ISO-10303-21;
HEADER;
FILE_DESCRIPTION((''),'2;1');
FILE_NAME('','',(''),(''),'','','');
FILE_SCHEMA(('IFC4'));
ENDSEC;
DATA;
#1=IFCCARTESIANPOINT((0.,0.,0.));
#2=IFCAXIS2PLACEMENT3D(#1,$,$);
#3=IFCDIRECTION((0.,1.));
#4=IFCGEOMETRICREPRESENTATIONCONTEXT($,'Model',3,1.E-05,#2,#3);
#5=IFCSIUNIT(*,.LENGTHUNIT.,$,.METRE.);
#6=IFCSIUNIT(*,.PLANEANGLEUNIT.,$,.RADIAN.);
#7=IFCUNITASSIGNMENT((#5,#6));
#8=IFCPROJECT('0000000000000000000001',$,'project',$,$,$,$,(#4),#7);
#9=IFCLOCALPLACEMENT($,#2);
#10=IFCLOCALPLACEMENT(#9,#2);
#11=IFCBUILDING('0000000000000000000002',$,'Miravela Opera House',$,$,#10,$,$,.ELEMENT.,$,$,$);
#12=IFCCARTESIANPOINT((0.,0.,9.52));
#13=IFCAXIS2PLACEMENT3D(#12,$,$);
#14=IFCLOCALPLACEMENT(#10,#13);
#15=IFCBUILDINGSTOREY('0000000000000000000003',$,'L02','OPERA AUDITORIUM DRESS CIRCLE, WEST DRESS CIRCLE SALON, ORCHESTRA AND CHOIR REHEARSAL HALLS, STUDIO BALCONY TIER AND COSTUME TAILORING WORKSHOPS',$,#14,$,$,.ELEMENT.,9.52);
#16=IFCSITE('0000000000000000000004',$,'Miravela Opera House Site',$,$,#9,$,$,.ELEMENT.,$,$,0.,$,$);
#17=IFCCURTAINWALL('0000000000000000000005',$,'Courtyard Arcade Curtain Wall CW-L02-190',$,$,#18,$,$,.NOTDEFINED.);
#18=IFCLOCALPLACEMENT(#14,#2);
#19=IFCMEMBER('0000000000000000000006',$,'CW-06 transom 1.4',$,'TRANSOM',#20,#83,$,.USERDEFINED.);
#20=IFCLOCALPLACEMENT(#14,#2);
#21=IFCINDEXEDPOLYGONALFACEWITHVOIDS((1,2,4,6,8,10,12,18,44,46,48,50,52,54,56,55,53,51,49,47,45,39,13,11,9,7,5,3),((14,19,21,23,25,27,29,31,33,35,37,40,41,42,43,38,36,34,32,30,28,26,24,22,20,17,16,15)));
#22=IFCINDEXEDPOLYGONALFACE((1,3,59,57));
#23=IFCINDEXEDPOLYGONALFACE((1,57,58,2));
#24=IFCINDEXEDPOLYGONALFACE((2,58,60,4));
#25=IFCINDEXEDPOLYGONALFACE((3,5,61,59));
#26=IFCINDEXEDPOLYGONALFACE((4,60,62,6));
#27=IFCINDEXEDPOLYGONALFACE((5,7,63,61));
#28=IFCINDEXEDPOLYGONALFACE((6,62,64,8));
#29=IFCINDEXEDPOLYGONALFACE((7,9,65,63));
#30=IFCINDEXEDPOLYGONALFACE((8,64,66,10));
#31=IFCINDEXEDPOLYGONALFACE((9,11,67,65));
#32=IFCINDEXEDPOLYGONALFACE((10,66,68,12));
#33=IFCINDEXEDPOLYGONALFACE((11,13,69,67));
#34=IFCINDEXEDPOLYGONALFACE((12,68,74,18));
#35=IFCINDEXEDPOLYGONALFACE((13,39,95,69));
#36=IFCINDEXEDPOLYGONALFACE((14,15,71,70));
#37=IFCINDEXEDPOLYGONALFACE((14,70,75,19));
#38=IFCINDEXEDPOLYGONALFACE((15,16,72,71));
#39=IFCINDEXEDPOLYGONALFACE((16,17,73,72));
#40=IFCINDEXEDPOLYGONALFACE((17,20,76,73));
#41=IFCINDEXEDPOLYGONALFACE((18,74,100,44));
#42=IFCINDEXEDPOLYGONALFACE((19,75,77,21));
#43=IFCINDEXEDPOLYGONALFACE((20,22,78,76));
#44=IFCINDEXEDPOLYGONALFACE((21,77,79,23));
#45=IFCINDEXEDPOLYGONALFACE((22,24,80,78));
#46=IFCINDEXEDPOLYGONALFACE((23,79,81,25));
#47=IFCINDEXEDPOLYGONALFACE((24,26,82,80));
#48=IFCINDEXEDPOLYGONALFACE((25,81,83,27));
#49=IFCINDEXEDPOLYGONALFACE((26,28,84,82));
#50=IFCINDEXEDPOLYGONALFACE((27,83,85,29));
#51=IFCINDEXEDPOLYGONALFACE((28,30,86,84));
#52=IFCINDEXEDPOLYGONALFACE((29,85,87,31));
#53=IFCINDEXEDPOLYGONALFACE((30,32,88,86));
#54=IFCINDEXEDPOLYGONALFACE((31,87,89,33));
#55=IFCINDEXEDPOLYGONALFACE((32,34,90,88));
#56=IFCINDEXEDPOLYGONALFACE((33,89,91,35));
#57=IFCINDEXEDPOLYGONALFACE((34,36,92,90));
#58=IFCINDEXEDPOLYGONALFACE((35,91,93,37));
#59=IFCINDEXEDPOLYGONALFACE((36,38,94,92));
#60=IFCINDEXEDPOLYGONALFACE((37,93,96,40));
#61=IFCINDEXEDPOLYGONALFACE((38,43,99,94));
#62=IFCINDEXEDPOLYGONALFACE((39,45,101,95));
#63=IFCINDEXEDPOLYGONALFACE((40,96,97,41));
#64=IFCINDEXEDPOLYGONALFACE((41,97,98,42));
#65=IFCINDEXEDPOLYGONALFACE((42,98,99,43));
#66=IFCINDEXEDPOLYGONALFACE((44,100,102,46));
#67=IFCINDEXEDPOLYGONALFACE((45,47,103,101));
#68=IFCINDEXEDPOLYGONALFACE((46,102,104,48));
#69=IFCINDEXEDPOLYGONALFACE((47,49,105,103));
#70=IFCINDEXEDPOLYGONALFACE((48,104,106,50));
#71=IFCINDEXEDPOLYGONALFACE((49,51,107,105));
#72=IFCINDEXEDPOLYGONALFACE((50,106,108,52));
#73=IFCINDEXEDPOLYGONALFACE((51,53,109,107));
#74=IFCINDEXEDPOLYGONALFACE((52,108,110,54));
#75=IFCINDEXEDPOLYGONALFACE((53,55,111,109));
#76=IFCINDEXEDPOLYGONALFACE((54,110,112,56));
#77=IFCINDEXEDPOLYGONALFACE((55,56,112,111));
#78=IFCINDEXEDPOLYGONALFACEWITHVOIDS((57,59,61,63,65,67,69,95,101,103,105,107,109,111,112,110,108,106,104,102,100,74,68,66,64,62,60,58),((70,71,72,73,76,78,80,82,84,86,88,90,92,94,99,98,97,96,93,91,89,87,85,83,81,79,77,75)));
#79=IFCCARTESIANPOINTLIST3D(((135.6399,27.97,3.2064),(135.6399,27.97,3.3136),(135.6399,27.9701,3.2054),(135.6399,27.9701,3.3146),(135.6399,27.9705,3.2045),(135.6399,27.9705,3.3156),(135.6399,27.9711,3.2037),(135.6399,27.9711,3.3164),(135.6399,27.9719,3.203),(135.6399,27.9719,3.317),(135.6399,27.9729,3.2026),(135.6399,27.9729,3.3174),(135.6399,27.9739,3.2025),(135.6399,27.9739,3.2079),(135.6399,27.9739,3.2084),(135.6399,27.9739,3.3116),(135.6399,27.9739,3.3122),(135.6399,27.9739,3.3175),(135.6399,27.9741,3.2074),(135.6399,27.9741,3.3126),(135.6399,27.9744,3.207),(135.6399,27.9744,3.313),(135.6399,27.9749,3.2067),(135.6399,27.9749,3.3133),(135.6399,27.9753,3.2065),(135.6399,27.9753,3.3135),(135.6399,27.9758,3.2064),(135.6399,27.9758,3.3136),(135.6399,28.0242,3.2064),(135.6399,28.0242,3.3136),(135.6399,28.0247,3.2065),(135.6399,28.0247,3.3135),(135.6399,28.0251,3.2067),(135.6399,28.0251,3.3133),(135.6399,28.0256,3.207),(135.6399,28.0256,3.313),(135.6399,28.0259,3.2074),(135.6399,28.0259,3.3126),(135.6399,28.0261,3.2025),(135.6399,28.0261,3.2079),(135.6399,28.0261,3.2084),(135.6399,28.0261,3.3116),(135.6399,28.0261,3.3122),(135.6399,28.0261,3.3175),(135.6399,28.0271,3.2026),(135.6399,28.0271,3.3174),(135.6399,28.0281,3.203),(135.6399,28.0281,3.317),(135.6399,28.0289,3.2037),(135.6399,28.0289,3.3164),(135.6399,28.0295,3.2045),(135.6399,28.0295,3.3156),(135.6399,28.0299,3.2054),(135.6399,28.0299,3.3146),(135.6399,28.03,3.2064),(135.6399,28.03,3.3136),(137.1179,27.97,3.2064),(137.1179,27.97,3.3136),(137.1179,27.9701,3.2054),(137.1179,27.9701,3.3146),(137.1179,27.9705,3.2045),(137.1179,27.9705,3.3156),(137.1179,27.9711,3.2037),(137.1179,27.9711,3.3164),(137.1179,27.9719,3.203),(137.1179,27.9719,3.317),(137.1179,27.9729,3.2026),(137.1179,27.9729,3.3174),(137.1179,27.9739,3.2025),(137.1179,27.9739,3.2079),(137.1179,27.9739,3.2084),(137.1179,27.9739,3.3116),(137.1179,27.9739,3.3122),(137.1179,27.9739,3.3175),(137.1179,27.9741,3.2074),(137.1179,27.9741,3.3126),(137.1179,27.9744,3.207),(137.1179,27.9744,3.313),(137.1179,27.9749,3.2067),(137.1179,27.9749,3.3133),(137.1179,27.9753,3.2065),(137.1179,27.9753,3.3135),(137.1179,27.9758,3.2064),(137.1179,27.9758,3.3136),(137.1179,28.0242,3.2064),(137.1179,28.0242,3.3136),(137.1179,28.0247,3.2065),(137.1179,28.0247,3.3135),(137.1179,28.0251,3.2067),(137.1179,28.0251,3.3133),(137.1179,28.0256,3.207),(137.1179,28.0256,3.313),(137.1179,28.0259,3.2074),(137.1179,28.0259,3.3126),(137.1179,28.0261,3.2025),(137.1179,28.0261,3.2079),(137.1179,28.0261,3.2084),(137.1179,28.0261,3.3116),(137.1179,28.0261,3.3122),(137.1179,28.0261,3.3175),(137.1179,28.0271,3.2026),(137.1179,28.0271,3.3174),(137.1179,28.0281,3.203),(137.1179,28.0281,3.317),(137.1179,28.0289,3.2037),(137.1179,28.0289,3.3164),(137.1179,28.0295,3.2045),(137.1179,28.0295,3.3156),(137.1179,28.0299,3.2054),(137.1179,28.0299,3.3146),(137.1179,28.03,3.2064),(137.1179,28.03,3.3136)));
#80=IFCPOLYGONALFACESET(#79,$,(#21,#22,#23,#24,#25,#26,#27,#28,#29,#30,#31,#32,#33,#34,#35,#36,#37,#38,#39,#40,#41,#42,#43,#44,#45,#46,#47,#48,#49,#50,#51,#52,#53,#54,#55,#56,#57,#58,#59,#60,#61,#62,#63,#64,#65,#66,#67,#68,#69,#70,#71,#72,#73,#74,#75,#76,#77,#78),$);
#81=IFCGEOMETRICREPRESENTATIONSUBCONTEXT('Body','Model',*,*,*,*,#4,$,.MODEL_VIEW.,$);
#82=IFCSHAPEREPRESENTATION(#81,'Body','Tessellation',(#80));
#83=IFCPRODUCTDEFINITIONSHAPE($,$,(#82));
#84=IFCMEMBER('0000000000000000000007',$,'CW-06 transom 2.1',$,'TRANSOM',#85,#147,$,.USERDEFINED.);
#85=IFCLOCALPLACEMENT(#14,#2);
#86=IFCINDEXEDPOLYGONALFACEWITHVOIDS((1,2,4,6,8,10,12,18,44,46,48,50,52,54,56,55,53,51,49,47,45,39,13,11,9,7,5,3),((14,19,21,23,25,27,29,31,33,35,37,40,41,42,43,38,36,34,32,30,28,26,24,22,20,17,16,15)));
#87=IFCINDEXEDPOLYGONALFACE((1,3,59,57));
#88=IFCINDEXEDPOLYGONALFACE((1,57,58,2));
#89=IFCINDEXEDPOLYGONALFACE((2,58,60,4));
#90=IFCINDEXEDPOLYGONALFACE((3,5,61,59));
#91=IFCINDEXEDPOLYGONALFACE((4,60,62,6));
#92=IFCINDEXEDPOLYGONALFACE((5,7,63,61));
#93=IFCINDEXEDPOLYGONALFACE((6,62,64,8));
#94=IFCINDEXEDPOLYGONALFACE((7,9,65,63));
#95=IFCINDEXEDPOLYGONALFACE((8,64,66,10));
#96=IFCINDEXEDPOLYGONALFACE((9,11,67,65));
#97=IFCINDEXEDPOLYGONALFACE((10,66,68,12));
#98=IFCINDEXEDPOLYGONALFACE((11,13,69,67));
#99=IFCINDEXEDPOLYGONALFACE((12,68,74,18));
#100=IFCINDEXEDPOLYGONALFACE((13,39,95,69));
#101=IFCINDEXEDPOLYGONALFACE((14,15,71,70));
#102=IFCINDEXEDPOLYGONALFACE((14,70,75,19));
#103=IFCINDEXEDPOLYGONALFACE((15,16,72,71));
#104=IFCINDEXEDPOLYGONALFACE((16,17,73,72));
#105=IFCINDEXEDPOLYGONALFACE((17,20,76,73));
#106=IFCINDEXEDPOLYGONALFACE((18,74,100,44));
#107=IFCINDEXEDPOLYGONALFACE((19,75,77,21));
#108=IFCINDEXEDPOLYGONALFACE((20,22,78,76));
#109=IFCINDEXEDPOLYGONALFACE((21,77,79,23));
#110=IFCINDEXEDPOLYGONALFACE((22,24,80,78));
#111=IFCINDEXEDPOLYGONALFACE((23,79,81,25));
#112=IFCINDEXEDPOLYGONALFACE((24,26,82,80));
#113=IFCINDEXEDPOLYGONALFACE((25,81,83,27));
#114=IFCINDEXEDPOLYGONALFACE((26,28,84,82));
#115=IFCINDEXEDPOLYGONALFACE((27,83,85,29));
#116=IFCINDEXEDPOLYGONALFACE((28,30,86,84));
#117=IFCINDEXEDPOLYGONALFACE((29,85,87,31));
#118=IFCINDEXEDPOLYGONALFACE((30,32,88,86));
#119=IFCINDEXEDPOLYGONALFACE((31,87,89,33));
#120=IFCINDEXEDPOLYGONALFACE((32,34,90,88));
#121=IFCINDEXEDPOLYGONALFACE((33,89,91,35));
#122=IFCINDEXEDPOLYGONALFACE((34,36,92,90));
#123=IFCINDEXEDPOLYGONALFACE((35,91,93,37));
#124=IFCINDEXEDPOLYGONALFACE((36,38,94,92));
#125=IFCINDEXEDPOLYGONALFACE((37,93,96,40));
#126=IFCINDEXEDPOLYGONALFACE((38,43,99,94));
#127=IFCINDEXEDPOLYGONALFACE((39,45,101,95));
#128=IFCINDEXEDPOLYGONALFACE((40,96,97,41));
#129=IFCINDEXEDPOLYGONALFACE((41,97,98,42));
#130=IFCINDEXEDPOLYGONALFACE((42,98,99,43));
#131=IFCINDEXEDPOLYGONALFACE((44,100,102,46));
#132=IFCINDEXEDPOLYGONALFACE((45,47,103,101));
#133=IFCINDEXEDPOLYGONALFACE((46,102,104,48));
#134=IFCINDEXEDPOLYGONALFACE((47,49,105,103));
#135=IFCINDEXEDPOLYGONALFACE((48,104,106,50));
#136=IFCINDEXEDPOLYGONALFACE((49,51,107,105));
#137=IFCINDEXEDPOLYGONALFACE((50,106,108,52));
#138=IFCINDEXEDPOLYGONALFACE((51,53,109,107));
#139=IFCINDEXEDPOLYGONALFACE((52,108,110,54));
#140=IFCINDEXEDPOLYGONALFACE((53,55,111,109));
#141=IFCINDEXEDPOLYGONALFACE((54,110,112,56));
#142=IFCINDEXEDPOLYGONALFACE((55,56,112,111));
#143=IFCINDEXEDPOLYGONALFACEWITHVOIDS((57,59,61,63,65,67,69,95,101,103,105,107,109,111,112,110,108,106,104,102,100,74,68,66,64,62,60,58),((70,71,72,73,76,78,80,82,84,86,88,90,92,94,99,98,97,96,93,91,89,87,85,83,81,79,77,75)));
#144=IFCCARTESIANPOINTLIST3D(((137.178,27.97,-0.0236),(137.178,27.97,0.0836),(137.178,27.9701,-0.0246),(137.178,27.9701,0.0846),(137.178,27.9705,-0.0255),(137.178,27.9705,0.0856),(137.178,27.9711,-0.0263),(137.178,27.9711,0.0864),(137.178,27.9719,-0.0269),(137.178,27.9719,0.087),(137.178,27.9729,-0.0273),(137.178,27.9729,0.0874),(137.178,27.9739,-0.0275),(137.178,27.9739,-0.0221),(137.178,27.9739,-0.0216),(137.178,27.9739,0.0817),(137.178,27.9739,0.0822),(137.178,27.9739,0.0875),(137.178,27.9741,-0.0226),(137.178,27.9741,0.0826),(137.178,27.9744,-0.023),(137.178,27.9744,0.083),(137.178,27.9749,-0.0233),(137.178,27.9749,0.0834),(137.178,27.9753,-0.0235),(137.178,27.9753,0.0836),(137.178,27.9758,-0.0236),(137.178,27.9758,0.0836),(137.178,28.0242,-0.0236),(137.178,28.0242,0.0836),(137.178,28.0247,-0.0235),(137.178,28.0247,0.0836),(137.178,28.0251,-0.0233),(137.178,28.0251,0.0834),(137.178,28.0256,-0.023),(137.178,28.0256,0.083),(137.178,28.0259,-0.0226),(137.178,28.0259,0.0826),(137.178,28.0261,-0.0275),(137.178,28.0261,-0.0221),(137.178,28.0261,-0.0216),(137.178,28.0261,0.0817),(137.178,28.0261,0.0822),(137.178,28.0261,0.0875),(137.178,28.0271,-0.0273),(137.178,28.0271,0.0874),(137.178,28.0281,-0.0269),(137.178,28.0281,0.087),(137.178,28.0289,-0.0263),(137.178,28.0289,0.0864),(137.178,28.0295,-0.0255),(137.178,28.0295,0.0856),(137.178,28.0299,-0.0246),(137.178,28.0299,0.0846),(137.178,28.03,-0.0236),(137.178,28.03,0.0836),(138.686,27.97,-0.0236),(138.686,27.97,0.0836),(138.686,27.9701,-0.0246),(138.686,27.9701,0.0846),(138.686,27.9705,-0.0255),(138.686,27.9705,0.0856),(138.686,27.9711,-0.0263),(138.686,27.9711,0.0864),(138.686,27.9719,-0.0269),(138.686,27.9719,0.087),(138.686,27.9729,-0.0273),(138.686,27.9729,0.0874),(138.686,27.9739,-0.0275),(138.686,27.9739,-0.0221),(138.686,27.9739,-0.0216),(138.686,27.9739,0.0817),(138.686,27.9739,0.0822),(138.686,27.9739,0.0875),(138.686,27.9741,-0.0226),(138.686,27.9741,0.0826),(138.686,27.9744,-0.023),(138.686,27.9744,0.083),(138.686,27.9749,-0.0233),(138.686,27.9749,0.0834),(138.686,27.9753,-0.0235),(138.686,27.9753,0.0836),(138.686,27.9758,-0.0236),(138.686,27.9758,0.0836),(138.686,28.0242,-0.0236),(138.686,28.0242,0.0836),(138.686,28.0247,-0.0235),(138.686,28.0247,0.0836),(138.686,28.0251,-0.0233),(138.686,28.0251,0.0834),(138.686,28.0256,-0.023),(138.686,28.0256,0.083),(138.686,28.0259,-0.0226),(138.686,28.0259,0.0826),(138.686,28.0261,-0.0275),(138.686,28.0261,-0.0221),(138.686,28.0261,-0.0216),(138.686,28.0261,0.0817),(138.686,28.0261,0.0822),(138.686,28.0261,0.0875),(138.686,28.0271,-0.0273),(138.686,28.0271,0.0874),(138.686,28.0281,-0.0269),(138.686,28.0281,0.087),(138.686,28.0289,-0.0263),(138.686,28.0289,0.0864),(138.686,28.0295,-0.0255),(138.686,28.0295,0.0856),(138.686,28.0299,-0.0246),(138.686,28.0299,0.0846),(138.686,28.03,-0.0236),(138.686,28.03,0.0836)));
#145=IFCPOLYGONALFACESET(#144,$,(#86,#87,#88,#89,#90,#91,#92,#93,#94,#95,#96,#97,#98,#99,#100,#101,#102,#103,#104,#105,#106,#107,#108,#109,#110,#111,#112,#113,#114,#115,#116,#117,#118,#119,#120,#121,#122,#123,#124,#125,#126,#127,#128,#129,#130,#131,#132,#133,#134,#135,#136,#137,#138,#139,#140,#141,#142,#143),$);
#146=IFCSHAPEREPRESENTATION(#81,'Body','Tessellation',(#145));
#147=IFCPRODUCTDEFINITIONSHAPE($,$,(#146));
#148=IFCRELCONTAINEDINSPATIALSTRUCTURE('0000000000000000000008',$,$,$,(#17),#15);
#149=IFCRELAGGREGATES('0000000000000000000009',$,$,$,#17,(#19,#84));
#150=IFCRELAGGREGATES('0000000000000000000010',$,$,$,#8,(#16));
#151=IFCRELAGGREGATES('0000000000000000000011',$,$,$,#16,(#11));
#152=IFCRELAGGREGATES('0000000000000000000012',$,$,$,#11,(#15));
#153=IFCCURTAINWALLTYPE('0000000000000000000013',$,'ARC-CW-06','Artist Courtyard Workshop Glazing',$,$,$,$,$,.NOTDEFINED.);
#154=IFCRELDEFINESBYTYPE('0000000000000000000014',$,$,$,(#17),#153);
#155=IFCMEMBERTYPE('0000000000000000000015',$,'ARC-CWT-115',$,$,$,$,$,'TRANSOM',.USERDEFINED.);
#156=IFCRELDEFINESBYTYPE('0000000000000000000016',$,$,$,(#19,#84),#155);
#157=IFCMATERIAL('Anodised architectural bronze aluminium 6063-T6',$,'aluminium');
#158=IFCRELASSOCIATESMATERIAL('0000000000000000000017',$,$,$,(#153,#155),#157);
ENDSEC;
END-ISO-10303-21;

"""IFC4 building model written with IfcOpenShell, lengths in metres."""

from ifc_helpers import new_model, si_unit, direction, frame, origin, origin_2d, place, context, subcontext, project, spatial, hollow_rectangle, extrude, material, material_profile, profile_set, type_object, element, aggregate, save


model = new_model("IFC4")

# Units and contexts
model_context = context("Model", 3, precision=1e-05, world=origin(), true_north=direction((0.0, 1.0)))
body_context = subcontext(model_context, "Body", "Model", "MODEL_VIEW")
ifc_project = project(units=[si_unit("LENGTHUNIT", "METRE"), si_unit("PLANEANGLEUNIT", "RADIAN")], contexts=[model_context])

# Site, building, storey
site_placement = place(None, origin())
site = spatial("IfcSite", under=ifc_project, at=site_placement, Name="Miravela Opera House Site", CompositionType="ELEMENT", RefElevation=0.0)
building_placement = place(site_placement, origin())
building = spatial("IfcBuilding", under=site, at=building_placement, Name="Miravela Opera House", CompositionType="ELEMENT")
storey_placement = place(building_placement, frame((0.0, 0.0, 9.52)))
storey = spatial("IfcBuildingStorey", under=building, at=storey_placement, Name="L02", Description="OPERA AUDITORIUM DRESS CIRCLE, WEST DRESS CIRCLE SALON, ORCHESTRA AND CHOIR REHEARSAL HALLS, STUDIO BALCONY TIER AND COSTUME TAILORING WORKSHOPS", CompositionType="ELEMENT", Elevation=9.52)

# Curtain wall, members
ifc_material_1 = material(Name="Anodised architectural bronze aluminium 6063-T6", Category="aluminium")
curtain_wall_type = type_object("IfcCurtainWallType", Name="ARC-CW-06", Description="Artist Courtyard Workshop Glazing", PredefinedType="NOTDEFINED", material=ifc_material_1)
curtain_wall_placement = place(storey_placement, origin())
curtain_wall = element("IfcCurtainWall", 1, at=curtain_wall_placement, inside=storey, type_object=curtain_wall_type, Name="Courtyard Arcade Curtain Wall CW-L02-190", PredefinedType="NOTDEFINED")
ifc_material_profile_1 = material_profile(ifc_material_1, hollow_rectangle(XDim=0.0601, YDim=0.115, WallThickness=0.0039, InnerFilletRadius=0.002, OuterFilletRadius=0.0039, at=origin_2d()), Name="CWT-60X115")
ifc_profile_set_1 = profile_set([ifc_material_profile_1])
member_type_1 = type_object("IfcMemberType", Name="ARC-CWT-115", ElementType="TRANSOM", PredefinedType="USERDEFINED", material=ifc_profile_set_1)
member_1_placement = place(storey_placement, frame((135.6399, 28.0, 3.26), z_axis=(1.0, 0.0, 0.0), x_axis=(0.0, 1.0, 0.0)))
member_1 = element("IfcMember", 2, at=member_1_placement, type_object=member_type_1, Name="CW-06 transom 1.4", ObjectType="TRANSOM", PredefinedType="USERDEFINED", context=body_context, shape_type="SweptSolid", body=[
    extrude(hollow_rectangle(XDim=0.0601, YDim=0.115, WallThickness=0.0039, InnerFilletRadius=0.002, OuterFilletRadius=0.0039, at=origin_2d()), origin(), (0.0, 0.0, 1.0), 1.478),
])
member_2_placement = place(storey_placement, frame((137.178, 28.0, 0.03), z_axis=(1.0, 0.0, 0.0), x_axis=(0.0, 1.0, 0.0)))
member_2 = element("IfcMember", 3, at=member_2_placement, type_object=member_type_1, Name="CW-06 transom 2.1", ObjectType="TRANSOM", PredefinedType="USERDEFINED", context=body_context, shape_type="SweptSolid", body=[
    extrude(hollow_rectangle(XDim=0.0601, YDim=0.115, WallThickness=0.0039, InnerFilletRadius=0.002, OuterFilletRadius=0.0039, at=origin_2d()), origin(), (0.0, 0.0, 1.0), 1.5081),
])

aggregate(curtain_wall, [member_1, member_2])

save(model, "model.ifc")
